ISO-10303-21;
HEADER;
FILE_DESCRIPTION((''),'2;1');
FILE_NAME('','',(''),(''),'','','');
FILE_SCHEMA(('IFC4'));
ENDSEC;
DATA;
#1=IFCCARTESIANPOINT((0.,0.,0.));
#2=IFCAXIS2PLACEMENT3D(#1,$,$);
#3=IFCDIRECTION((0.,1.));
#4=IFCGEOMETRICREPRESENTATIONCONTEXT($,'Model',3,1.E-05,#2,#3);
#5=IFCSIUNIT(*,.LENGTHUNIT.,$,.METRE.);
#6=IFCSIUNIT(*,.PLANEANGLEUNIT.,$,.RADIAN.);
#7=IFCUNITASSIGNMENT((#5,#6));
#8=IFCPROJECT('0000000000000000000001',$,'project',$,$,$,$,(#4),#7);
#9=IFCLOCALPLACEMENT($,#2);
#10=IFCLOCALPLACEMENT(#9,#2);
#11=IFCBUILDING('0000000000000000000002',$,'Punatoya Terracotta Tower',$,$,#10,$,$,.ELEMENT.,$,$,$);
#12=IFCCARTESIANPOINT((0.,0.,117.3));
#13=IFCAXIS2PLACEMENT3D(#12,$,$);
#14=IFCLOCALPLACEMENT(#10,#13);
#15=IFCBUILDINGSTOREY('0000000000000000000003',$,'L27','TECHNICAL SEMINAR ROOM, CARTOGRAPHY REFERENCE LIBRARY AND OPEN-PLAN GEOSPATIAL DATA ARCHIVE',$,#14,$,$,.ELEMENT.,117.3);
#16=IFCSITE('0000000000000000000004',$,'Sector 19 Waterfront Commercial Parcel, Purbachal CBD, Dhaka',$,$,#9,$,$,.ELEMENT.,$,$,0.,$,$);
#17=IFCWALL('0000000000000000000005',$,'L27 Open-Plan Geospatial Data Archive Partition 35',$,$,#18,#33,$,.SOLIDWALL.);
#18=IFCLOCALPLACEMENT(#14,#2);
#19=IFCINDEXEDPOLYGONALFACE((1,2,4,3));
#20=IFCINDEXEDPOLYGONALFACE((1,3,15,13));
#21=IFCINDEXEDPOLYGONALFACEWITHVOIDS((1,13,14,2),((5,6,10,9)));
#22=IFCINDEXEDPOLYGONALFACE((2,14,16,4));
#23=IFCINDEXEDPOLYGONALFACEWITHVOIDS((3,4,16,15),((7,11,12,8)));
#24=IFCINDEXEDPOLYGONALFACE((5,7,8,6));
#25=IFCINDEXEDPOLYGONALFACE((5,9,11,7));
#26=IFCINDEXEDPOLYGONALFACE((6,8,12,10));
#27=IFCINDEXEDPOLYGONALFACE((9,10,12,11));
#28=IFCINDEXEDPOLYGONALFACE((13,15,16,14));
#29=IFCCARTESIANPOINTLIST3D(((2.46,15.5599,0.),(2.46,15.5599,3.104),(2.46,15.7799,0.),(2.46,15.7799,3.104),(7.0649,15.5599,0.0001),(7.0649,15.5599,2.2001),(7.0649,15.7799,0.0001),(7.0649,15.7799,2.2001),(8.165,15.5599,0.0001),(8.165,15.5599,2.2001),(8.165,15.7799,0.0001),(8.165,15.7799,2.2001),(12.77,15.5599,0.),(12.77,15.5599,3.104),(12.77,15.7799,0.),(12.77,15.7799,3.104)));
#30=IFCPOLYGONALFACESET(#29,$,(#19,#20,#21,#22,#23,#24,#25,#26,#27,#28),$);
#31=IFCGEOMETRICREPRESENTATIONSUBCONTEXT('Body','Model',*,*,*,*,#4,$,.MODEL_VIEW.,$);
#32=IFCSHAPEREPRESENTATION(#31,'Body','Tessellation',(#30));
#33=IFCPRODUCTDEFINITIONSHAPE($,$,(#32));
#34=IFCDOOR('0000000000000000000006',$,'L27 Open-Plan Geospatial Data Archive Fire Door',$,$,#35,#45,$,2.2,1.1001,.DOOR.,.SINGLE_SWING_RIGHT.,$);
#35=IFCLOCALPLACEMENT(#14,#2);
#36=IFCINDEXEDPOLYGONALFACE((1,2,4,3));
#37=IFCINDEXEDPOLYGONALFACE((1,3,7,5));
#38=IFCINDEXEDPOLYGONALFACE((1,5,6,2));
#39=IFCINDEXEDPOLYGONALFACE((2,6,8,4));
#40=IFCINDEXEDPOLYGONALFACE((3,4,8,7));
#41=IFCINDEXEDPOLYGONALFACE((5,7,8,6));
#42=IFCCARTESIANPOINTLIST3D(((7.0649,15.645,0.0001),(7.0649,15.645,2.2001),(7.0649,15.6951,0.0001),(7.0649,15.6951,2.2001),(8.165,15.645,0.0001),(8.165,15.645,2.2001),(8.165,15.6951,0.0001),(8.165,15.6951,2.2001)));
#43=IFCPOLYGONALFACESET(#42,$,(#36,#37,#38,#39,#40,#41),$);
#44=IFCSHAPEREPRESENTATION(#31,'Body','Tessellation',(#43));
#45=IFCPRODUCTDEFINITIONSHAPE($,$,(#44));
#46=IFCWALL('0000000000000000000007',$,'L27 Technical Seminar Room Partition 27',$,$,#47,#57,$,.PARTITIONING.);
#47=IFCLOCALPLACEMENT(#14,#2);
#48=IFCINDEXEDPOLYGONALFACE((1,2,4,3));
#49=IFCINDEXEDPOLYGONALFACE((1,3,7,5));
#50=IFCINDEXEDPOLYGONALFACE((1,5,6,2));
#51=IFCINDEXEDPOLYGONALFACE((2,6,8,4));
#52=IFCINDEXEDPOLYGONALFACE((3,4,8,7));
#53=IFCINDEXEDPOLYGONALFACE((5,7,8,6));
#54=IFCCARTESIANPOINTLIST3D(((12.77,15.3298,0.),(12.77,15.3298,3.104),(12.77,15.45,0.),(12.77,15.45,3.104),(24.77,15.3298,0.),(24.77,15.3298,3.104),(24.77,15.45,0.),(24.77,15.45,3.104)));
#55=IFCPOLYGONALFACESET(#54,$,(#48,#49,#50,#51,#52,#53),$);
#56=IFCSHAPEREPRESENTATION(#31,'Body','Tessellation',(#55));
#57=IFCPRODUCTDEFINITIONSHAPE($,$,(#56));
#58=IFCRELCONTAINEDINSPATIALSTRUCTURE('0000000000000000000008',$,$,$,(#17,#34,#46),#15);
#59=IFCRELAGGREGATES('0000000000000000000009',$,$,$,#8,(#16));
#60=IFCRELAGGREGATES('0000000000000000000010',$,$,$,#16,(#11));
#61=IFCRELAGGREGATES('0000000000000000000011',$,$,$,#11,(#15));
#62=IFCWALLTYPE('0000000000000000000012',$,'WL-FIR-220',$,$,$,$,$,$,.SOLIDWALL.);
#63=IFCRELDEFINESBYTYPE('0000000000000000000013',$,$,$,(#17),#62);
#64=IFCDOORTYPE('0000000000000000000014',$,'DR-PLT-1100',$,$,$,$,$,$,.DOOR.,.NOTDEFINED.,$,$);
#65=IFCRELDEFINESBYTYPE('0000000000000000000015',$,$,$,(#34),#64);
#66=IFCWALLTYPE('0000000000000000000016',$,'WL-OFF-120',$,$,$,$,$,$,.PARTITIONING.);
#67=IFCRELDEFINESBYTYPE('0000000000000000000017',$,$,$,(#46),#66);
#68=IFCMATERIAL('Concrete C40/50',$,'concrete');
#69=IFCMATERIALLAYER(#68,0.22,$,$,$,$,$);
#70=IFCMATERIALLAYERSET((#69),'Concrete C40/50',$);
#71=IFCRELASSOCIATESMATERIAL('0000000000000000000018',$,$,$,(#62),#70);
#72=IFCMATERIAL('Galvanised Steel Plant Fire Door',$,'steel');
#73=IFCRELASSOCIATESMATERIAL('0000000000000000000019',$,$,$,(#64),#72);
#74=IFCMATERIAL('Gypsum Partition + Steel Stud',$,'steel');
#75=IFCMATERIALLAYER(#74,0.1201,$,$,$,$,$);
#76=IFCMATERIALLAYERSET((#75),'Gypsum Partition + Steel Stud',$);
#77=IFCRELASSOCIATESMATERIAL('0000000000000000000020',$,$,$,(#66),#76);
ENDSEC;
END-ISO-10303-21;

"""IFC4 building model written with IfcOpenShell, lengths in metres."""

from ifc_helpers import new_model, si_unit, direction, frame, frame_2d, origin, place, context, subcontext, project, spatial, rectangle, extrude, material, layer, layer_set, type_object, element, fill, save


model = new_model("IFC4")

# Units and contexts
model_context = context("Model", 3, precision=1e-05, world=origin(), true_north=direction((0.0, 1.0)))
body_context = subcontext(model_context, "Body", "Model", "MODEL_VIEW")
ifc_project = project(units=[si_unit("LENGTHUNIT", "METRE"), si_unit("PLANEANGLEUNIT", "RADIAN")], contexts=[model_context])

# Site, building, storey
site_placement = place(None, origin())
site = spatial("IfcSite", under=ifc_project, at=site_placement, Name="Sector 19 Waterfront Commercial Parcel, Purbachal CBD, Dhaka", CompositionType="ELEMENT", RefElevation=0.0)
building_placement = place(site_placement, origin())
building = spatial("IfcBuilding", under=site, at=building_placement, Name="Punatoya Terracotta Tower", CompositionType="ELEMENT")
storey_placement = place(building_placement, frame((0.0, 0.0, 117.3)))
storey = spatial("IfcBuildingStorey", under=building, at=storey_placement, Name="L27", Description="TECHNICAL SEMINAR ROOM, CARTOGRAPHY REFERENCE LIBRARY AND OPEN-PLAN GEOSPATIAL DATA ARCHIVE", CompositionType="ELEMENT", Elevation=117.3)

# Wall, opening, door
ifc_material_1 = material(Name="Concrete C40/50", Category="concrete")
ifc_layer_1 = layer(ifc_material_1, 0.22)
ifc_layer_set_1 = layer_set([ifc_layer_1], Name="Concrete C40/50")
wall_type_1 = type_object("IfcWallType", Name="WL-FIR-220", PredefinedType="SOLIDWALL", material=ifc_layer_set_1)
wall_1_placement = place(storey_placement, frame((12.77, 15.6699, 0.0), z_axis=(0.0, 0.0, 1.0), x_axis=(-1.0, 0.0, 0.0)))
wall_1 = element("IfcWall", 1, at=wall_1_placement, inside=storey, type_object=wall_type_1, Name="L27 Open-Plan Geospatial Data Archive Partition 35", PredefinedType="SOLIDWALL", context=body_context, shape_type="SweptSolid", body=[
    extrude(rectangle(XDim=10.3101, YDim=0.22, at=frame_2d((5.155, 0.0))), origin(), (0.0, 0.0, 1.0), 3.104),
])
opening_1_placement = place(wall_1_placement, frame((4.605, 0.0, 0.0)))
opening_1 = element("IfcOpeningElement", 2, at=opening_1_placement, cuts=wall_1, PredefinedType="OPENING", context=body_context, shape_type="SweptSolid", body=[
    extrude(rectangle(XDim=1.1001, YDim=2.2, at=frame_2d((0.55, 1.1001))), frame((0.0, 0.1199, 0.0), z_axis=(0.0, -1.0, 0.0), x_axis=(1.0, 0.0, 0.0)), (0.0, 0.0, 1.0), 0.24),
])
ifc_material_2 = material(Name="Galvanised Steel Plant Fire Door", Category="steel")
door_type = type_object("IfcDoorType", Name="DR-PLT-1100", OperationType="NOTDEFINED", PredefinedType="DOOR", material=ifc_material_2)
door_placement = place(opening_1_placement, origin())
door = element("IfcDoor", 3, at=door_placement, inside=storey, type_object=door_type, Name="L27 Open-Plan Geospatial Data Archive Fire Door", OperationType="SINGLE_SWING_RIGHT", OverallHeight=2.2, OverallWidth=1.1001, PredefinedType="DOOR", context=body_context, shape_type="SweptSolid", body=[
    extrude(rectangle(XDim=1.1001, YDim=2.2, at=frame_2d((0.55, 1.1001))), frame((0.0, 0.0249, 0.0), z_axis=(0.0, -1.0, 0.0), x_axis=(1.0, 0.0, 0.0)), (0.0, 0.0, 1.0), 0.05),
])
fill(opening_1, door)

# Wall
ifc_material_3 = material(Name="Gypsum Partition + Steel Stud", Category="steel")
ifc_layer_2 = layer(ifc_material_3, 0.1201)
ifc_layer_set_2 = layer_set([ifc_layer_2], Name="Gypsum Partition + Steel Stud")
wall_type_2 = type_object("IfcWallType", Name="WL-OFF-120", PredefinedType="PARTITIONING", material=ifc_layer_set_2)
wall_2_placement = place(storey_placement, frame((12.77, 15.3899, 0.0), z_axis=(0.0, 0.0, 1.0), x_axis=(1.0, 0.0, 0.0)))
element("IfcWall", 4, at=wall_2_placement, inside=storey, type_object=wall_type_2, Name="L27 Technical Seminar Room Partition 27", PredefinedType="PARTITIONING", context=body_context, shape_type="SweptSolid", body=[
    extrude(rectangle(XDim=12.0, YDim=0.1201, at=frame_2d((6.0, 0.0))), origin(), (0.0, 0.0, 1.0), 3.104),
])

save(model, "model.ifc")
